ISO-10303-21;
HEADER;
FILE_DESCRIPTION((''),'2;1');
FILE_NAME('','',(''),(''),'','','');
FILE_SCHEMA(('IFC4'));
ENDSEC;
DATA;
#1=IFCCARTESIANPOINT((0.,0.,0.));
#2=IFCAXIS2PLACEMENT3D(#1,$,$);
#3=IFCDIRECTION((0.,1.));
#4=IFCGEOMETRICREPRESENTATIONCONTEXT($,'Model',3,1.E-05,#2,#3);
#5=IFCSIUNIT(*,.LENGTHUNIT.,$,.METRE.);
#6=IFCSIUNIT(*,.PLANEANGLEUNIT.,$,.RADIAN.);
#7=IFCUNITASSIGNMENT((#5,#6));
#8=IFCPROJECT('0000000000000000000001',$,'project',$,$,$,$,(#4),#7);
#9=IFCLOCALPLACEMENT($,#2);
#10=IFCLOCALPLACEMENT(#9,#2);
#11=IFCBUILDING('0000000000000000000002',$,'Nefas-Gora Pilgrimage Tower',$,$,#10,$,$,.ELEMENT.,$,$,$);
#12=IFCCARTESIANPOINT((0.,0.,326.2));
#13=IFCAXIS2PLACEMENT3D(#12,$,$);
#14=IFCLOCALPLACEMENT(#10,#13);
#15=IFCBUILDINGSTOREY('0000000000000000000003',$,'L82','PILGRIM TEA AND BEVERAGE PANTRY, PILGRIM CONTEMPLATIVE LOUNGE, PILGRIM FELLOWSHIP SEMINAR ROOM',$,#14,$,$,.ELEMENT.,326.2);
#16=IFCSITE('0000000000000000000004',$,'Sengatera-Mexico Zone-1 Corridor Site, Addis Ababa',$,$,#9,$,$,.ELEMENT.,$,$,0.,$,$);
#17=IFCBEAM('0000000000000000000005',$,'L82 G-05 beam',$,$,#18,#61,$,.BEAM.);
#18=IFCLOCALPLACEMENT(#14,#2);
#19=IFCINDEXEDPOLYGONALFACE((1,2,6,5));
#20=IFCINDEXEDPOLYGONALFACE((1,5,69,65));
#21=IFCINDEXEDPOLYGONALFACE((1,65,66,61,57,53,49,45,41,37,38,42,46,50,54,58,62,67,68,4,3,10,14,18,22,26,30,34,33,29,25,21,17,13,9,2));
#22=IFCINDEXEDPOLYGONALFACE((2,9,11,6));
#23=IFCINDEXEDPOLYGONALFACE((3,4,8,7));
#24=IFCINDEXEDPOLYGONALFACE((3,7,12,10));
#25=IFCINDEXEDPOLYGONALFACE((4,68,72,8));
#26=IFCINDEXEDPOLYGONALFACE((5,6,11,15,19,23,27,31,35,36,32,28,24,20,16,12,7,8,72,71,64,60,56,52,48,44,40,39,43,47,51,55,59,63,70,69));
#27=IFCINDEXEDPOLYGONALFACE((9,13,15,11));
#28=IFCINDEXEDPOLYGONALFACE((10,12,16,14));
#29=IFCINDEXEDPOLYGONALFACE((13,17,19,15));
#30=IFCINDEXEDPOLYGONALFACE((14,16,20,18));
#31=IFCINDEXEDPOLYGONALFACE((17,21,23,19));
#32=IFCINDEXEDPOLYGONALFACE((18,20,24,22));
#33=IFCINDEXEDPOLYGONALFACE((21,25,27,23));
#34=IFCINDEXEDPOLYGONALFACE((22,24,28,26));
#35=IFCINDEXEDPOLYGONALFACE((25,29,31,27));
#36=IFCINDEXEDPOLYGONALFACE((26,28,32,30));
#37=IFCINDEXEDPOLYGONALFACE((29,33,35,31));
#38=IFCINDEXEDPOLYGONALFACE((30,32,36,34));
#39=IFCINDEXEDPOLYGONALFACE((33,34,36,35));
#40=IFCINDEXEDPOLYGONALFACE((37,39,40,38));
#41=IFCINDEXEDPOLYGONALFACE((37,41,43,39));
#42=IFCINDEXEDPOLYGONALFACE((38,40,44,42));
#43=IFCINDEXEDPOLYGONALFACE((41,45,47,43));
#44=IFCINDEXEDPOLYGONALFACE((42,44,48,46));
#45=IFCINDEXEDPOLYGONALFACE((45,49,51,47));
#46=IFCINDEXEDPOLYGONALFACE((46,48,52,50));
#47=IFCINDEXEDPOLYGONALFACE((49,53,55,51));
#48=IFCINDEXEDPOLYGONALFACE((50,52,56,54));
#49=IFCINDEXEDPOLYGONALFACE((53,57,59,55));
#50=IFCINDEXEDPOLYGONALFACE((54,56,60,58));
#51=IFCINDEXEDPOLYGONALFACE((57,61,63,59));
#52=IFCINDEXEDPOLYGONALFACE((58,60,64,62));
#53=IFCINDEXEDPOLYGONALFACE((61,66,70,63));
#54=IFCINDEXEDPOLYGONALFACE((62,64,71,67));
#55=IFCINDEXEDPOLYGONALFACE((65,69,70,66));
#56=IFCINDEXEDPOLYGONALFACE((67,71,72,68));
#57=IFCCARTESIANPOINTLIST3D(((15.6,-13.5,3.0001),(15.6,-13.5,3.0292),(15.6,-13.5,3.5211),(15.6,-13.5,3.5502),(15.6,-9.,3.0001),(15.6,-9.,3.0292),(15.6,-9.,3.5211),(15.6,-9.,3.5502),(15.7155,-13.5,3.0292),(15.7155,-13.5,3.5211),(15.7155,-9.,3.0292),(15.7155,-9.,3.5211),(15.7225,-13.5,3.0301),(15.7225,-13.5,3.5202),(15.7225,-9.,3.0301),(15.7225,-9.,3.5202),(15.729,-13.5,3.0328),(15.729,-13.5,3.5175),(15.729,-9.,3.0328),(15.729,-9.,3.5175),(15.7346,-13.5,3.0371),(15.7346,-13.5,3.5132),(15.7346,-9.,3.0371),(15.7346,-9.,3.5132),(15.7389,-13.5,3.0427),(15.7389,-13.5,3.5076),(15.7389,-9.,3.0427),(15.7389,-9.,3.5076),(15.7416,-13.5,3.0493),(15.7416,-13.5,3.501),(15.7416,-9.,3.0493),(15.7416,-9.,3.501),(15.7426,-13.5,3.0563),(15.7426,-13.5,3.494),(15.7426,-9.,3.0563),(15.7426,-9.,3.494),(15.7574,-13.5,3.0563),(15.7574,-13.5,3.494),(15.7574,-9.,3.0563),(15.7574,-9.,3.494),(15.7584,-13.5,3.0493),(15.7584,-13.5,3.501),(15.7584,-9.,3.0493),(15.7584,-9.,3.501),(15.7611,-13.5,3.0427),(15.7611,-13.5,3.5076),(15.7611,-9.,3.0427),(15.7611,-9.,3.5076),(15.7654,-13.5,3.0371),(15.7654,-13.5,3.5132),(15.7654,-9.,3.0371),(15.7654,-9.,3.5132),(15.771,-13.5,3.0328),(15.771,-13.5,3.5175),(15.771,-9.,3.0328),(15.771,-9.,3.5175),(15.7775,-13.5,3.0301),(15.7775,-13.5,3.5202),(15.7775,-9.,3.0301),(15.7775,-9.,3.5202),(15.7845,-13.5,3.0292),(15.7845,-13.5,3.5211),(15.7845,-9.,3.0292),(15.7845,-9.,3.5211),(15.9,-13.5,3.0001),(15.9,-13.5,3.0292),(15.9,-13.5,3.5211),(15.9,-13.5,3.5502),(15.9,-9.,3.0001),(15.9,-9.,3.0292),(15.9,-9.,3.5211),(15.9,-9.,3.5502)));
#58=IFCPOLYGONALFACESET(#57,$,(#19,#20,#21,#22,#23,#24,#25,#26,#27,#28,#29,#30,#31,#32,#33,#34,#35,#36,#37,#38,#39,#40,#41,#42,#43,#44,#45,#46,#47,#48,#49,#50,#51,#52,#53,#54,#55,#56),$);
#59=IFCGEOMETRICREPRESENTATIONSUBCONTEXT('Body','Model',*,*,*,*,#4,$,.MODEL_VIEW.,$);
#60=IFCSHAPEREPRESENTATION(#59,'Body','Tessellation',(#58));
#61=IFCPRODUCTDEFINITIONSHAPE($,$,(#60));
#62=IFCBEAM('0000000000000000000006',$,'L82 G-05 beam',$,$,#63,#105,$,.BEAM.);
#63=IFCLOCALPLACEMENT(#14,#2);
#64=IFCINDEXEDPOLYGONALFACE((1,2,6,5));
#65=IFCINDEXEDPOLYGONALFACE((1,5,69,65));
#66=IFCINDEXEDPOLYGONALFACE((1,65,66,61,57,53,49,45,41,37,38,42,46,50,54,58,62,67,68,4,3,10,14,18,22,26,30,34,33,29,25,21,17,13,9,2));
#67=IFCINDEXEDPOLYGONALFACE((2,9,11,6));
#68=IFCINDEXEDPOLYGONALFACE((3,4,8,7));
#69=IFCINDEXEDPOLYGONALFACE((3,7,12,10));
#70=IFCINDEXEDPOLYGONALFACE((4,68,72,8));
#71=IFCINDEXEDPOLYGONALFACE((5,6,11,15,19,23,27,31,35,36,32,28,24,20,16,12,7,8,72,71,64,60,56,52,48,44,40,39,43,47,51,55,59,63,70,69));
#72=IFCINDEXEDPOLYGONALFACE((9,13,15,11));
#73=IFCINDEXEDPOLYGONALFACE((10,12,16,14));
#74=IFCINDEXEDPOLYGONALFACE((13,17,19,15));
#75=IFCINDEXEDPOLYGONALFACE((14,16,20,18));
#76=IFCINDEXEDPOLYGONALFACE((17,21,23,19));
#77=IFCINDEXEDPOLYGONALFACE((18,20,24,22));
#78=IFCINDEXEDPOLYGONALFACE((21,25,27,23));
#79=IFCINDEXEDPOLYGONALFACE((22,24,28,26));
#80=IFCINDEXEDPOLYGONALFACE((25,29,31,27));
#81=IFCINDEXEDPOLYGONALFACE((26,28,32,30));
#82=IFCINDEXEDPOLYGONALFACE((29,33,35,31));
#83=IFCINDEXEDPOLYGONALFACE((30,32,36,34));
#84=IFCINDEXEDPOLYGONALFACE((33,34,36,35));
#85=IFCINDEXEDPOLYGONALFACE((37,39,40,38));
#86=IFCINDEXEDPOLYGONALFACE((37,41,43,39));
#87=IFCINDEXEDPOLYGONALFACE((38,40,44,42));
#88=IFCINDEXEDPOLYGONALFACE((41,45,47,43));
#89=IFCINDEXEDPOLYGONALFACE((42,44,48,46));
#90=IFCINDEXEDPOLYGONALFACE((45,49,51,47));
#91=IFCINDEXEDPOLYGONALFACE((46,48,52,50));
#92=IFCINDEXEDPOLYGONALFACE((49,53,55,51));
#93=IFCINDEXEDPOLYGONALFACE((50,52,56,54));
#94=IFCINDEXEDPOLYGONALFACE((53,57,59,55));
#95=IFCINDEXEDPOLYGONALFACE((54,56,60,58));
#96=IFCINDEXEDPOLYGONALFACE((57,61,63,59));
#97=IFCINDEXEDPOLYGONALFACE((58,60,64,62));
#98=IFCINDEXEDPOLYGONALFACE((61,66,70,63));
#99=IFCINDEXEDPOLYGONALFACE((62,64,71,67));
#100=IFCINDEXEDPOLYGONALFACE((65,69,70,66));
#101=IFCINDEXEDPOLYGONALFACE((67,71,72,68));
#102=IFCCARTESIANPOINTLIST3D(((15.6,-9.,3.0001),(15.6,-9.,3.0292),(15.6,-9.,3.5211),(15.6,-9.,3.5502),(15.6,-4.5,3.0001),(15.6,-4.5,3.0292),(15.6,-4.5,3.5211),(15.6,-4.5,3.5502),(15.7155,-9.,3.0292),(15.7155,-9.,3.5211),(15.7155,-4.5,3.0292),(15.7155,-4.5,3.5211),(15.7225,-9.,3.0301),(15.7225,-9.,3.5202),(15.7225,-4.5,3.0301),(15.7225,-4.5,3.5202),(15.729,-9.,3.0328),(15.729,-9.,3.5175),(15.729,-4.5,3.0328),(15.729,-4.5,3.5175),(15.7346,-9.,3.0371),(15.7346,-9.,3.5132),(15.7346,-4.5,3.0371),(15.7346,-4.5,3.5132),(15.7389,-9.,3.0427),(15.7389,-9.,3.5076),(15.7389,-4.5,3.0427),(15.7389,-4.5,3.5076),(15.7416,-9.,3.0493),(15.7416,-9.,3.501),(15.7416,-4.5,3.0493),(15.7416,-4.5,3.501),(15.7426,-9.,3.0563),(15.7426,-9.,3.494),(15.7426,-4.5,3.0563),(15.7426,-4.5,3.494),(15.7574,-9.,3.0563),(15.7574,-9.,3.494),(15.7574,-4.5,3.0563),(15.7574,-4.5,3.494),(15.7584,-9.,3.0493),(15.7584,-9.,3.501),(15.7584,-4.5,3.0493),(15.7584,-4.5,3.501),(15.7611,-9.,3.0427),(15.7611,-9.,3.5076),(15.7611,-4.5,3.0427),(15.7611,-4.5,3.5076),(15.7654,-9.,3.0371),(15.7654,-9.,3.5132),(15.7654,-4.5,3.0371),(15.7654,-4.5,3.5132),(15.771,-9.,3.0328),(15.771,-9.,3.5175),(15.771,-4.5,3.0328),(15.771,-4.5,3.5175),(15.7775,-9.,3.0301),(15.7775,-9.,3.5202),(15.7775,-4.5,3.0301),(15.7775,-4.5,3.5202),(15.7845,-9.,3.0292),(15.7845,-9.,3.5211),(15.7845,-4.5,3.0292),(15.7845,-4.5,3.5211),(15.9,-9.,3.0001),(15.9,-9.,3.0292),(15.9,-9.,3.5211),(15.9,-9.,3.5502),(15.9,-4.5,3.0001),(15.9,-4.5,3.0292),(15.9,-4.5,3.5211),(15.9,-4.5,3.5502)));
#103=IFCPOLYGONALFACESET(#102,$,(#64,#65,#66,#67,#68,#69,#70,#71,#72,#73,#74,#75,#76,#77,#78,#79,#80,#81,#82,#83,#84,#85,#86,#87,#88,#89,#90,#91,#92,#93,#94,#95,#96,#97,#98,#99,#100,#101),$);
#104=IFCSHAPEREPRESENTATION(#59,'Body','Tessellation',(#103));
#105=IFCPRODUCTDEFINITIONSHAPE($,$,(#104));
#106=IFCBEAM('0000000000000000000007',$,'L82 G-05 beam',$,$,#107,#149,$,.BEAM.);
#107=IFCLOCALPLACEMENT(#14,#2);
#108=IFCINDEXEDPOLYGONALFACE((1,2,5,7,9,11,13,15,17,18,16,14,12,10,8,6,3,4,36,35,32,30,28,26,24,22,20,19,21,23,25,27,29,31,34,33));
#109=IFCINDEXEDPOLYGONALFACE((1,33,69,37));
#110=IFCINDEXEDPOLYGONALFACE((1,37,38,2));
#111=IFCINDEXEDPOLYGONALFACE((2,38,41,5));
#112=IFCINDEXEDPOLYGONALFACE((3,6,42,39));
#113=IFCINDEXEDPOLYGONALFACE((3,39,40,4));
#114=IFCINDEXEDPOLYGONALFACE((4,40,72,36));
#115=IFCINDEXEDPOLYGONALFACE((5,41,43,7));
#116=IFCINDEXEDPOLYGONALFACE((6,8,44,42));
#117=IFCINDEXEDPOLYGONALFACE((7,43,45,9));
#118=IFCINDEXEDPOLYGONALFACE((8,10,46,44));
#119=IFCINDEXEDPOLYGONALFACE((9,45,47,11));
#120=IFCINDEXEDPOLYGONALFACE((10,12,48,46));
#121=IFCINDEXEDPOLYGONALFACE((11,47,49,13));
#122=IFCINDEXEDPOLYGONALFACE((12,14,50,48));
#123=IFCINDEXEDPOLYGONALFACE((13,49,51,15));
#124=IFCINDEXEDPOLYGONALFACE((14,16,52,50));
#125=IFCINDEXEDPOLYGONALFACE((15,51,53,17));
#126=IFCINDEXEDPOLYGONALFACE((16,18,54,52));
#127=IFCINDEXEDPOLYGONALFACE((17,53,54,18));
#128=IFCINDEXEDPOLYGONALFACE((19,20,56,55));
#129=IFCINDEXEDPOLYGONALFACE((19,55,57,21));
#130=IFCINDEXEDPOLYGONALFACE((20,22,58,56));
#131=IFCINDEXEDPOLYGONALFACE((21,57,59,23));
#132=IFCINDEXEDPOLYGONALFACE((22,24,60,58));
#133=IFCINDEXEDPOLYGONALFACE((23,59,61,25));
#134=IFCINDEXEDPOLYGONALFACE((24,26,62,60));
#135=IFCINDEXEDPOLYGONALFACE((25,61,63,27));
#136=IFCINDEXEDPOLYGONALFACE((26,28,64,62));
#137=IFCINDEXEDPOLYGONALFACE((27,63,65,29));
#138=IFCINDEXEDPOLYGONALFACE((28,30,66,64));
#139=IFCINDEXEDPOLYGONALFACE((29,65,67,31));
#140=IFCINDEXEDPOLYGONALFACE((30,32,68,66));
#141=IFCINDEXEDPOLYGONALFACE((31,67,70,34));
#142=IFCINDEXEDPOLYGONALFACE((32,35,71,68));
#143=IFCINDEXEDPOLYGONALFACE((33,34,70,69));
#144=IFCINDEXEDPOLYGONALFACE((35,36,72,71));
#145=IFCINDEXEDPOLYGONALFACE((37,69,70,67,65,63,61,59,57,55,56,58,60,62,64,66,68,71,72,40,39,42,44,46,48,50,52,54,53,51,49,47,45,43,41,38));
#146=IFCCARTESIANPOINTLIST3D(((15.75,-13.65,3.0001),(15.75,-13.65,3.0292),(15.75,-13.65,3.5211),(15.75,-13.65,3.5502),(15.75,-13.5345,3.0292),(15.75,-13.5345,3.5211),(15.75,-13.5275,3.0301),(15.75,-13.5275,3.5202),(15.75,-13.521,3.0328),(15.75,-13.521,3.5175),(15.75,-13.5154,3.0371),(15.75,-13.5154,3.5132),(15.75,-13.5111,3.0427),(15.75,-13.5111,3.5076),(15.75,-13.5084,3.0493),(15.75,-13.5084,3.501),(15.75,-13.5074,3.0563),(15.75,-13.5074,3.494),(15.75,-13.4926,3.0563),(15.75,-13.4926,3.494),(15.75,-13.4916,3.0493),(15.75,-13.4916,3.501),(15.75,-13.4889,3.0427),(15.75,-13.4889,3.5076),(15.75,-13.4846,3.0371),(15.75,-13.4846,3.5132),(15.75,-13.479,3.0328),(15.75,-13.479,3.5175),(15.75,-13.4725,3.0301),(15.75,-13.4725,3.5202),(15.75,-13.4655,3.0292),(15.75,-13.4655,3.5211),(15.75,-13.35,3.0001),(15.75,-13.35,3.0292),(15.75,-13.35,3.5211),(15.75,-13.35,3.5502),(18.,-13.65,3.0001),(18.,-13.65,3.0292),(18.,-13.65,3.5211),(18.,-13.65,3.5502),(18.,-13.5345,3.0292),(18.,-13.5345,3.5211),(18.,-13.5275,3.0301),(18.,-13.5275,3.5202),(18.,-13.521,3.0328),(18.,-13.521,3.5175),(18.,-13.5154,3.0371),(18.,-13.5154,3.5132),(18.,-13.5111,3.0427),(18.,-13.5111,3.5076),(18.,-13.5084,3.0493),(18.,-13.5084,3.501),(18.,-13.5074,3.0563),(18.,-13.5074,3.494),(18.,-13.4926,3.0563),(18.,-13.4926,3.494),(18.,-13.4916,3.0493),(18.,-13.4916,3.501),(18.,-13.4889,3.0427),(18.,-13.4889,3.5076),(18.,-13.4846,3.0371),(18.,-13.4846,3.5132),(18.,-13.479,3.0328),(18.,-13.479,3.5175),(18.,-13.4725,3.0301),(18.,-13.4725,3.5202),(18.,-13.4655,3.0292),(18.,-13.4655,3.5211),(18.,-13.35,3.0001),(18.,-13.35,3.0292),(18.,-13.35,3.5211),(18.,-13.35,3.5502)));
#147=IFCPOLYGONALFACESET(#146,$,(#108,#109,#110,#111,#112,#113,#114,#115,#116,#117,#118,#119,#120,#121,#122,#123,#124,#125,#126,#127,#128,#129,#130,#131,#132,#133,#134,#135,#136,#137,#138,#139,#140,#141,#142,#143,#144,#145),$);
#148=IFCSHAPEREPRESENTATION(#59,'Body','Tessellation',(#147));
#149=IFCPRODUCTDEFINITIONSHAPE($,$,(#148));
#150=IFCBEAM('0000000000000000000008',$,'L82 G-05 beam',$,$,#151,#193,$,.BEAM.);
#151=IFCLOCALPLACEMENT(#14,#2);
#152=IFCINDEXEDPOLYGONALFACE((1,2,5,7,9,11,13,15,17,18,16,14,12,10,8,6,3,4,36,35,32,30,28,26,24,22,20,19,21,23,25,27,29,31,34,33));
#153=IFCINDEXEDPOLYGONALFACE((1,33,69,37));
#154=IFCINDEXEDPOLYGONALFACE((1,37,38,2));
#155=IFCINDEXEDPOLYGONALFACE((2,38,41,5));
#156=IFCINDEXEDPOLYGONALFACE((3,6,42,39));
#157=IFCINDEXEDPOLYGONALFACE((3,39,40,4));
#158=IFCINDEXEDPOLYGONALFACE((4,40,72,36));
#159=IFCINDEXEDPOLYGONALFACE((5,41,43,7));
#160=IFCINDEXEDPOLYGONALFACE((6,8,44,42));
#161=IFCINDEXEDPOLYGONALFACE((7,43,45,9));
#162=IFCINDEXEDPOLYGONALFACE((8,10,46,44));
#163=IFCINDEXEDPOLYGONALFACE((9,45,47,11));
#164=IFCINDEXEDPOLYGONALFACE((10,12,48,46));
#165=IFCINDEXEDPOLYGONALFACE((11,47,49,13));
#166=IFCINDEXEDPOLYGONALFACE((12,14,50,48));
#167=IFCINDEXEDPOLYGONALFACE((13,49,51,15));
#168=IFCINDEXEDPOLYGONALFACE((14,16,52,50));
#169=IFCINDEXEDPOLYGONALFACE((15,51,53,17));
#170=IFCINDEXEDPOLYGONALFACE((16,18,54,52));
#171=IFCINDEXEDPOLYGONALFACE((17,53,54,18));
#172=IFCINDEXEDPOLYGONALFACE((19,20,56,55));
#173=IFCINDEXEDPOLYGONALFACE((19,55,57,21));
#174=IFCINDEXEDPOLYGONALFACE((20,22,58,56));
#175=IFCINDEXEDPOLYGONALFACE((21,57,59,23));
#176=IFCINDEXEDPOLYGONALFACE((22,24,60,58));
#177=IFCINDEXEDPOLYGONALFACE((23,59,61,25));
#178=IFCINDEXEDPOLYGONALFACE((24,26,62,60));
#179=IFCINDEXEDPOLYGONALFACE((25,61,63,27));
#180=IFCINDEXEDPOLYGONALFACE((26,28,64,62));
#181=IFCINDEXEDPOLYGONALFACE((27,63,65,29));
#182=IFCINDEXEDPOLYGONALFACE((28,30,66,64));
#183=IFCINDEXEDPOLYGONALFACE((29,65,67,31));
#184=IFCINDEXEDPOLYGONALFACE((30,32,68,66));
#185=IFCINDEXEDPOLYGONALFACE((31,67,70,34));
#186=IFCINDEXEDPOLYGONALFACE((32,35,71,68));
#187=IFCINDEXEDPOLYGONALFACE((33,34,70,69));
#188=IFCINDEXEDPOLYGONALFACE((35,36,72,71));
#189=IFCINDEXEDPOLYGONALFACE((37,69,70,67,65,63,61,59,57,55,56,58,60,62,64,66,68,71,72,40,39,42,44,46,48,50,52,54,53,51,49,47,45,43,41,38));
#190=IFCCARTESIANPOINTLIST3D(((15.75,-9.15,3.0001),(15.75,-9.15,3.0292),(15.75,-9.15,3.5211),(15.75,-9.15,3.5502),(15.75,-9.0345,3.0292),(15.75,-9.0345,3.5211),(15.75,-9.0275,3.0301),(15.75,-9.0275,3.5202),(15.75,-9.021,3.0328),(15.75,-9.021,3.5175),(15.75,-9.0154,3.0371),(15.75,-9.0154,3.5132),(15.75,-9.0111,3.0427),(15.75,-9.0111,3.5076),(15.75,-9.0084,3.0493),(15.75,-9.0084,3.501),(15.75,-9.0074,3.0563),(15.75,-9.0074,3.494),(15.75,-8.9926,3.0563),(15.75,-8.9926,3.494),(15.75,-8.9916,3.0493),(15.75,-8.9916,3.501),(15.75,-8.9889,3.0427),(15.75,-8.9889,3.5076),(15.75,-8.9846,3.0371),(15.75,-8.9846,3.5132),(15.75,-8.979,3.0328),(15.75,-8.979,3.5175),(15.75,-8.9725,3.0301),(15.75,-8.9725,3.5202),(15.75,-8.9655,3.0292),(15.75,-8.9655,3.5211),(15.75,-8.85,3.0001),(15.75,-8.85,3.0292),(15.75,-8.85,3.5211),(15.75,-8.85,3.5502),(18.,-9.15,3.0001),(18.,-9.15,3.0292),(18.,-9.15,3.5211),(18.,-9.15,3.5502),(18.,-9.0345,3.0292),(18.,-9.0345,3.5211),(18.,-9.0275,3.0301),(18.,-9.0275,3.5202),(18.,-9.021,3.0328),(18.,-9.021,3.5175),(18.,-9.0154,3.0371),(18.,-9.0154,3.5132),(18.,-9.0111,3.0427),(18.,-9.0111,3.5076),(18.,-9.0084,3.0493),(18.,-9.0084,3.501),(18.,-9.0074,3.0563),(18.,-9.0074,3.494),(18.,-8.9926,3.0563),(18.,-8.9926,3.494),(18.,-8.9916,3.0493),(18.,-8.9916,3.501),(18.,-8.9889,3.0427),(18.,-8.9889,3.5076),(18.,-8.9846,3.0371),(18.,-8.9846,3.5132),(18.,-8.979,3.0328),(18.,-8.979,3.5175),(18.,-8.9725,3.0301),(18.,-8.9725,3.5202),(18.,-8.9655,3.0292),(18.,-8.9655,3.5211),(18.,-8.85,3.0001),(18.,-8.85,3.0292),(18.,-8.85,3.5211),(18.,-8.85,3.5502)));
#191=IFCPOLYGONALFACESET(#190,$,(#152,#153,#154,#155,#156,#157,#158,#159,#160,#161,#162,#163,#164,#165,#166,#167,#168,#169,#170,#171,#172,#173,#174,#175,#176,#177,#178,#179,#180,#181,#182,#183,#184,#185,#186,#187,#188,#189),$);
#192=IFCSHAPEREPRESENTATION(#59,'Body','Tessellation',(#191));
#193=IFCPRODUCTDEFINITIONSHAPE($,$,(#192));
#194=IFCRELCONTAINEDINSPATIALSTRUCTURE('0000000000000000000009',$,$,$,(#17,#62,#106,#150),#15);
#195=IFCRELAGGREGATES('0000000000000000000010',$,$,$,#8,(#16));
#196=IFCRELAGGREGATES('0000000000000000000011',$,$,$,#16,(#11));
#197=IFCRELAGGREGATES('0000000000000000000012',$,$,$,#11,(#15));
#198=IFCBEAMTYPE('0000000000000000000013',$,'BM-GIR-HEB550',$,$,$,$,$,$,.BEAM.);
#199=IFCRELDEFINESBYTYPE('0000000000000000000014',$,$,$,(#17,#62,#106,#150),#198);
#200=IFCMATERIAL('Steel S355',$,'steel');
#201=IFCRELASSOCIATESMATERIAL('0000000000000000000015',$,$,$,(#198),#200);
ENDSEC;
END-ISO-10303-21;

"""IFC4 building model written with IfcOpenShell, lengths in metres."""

from ifc_helpers import new_model, si_unit, direction, frame, origin, origin_2d, place, context, subcontext, project, spatial, i_section, extrude, source, transform, mapped, material, material_profile, profile_set, type_object, element, save


model = new_model("IFC4")

# Units and contexts
model_context = context("Model", 3, precision=1e-05, world=origin(), true_north=direction((0.0, 1.0)))
body_context = subcontext(model_context, "Body", "Model", "MODEL_VIEW")
ifc_project = project(units=[si_unit("LENGTHUNIT", "METRE"), si_unit("PLANEANGLEUNIT", "RADIAN")], contexts=[model_context])

# Site, building, storey
site_placement = place(None, origin())
site = spatial("IfcSite", under=ifc_project, at=site_placement, Name="Sengatera-Mexico Zone-1 Corridor Site, Addis Ababa", CompositionType="ELEMENT", RefElevation=0.0)
building_placement = place(site_placement, origin())
building = spatial("IfcBuilding", under=site, at=building_placement, Name="Nefas-Gora Pilgrimage Tower", CompositionType="ELEMENT")
storey_placement = place(building_placement, frame((0.0, 0.0, 326.2)))
storey = spatial("IfcBuildingStorey", under=building, at=storey_placement, Name="L82", Description="PILGRIM TEA AND BEVERAGE PANTRY, PILGRIM CONTEMPLATIVE LOUNGE, PILGRIM FELLOWSHIP SEMINAR ROOM", CompositionType="ELEMENT", Elevation=326.2)

# Shared definitions
ifc_material_1 = material(Name="Steel S355", Category="steel")

# Beams
ifc_material_profile_1 = material_profile(ifc_material_1, i_section(OverallWidth=0.3, OverallDepth=0.55, WebThickness=0.0149, FlangeThickness=0.0291, FilletRadius=0.0271, at=origin_2d()), Name="HEB 550")
ifc_profile_set_1 = profile_set([ifc_material_profile_1], Name="Steel S355")
beam_type_1 = type_object("IfcBeamType", Name="BM-GIR-HEB550", PredefinedType="BEAM", material=ifc_profile_set_1)
shared_shape_1 = source(origin(), body_context, "Body", "SweptSolid", [
    extrude(i_section(OverallWidth=0.3, OverallDepth=0.55, WebThickness=0.0149, FlangeThickness=0.0291, FilletRadius=0.0271, at=origin_2d()), origin(), (0.0, 0.0, 1.0), 4.5),
])
for number, where, z_axis, x_axis, name in (
    (1, (15.75, -13.5, 3.2751), (0.0, 1.0, 0.0), (-1.0, 0.0, 0.0), "L82 G-05 beam"),
    (2, (15.75, -9.0, 3.2751), (0.0, 1.0, 0.0), (-1.0, 0.0, 0.0), "L82 G-05 beam"),
):
    element("IfcBeam", number, at=place(storey_placement, frame(where, z_axis=z_axis, x_axis=x_axis)), inside=storey, type_object=beam_type_1, Name=name, PredefinedType="BEAM", context=body_context, shape_type="MappedRepresentation", body=[
        mapped(shared_shape_1, transform((0.0, 0.0, 0.0), x_axis=(1.0, 0.0, 0.0), y_axis=(0.0, 1.0, 0.0), z_axis=(0.0, 0.0, 1.0), scale=1.0)),
    ])
shared_shape_2 = source(origin(), body_context, "Body", "SweptSolid", [
    extrude(i_section(OverallWidth=0.3, OverallDepth=0.55, WebThickness=0.0149, FlangeThickness=0.0291, FilletRadius=0.0271, at=origin_2d()), origin(), (0.0, 0.0, 1.0), 2.25),
])
for number, where, z_axis, x_axis, name in (
    (3, (15.75, -13.5, 3.2751), (1.0, 0.0, 0.0), (0.0, 1.0, 0.0), "L82 G-05 beam"),
    (4, (15.75, -9.0, 3.2751), (1.0, 0.0, 0.0), (0.0, 1.0, 0.0), "L82 G-05 beam"),
):
    element("IfcBeam", number, at=place(storey_placement, frame(where, z_axis=z_axis, x_axis=x_axis)), inside=storey, type_object=beam_type_1, Name=name, PredefinedType="BEAM", context=body_context, shape_type="MappedRepresentation", body=[
        mapped(shared_shape_2, transform((0.0, 0.0, 0.0), x_axis=(1.0, 0.0, 0.0), y_axis=(0.0, 1.0, 0.0), z_axis=(0.0, 0.0, 1.0), scale=1.0)),
    ])

save(model, "model.ifc")
